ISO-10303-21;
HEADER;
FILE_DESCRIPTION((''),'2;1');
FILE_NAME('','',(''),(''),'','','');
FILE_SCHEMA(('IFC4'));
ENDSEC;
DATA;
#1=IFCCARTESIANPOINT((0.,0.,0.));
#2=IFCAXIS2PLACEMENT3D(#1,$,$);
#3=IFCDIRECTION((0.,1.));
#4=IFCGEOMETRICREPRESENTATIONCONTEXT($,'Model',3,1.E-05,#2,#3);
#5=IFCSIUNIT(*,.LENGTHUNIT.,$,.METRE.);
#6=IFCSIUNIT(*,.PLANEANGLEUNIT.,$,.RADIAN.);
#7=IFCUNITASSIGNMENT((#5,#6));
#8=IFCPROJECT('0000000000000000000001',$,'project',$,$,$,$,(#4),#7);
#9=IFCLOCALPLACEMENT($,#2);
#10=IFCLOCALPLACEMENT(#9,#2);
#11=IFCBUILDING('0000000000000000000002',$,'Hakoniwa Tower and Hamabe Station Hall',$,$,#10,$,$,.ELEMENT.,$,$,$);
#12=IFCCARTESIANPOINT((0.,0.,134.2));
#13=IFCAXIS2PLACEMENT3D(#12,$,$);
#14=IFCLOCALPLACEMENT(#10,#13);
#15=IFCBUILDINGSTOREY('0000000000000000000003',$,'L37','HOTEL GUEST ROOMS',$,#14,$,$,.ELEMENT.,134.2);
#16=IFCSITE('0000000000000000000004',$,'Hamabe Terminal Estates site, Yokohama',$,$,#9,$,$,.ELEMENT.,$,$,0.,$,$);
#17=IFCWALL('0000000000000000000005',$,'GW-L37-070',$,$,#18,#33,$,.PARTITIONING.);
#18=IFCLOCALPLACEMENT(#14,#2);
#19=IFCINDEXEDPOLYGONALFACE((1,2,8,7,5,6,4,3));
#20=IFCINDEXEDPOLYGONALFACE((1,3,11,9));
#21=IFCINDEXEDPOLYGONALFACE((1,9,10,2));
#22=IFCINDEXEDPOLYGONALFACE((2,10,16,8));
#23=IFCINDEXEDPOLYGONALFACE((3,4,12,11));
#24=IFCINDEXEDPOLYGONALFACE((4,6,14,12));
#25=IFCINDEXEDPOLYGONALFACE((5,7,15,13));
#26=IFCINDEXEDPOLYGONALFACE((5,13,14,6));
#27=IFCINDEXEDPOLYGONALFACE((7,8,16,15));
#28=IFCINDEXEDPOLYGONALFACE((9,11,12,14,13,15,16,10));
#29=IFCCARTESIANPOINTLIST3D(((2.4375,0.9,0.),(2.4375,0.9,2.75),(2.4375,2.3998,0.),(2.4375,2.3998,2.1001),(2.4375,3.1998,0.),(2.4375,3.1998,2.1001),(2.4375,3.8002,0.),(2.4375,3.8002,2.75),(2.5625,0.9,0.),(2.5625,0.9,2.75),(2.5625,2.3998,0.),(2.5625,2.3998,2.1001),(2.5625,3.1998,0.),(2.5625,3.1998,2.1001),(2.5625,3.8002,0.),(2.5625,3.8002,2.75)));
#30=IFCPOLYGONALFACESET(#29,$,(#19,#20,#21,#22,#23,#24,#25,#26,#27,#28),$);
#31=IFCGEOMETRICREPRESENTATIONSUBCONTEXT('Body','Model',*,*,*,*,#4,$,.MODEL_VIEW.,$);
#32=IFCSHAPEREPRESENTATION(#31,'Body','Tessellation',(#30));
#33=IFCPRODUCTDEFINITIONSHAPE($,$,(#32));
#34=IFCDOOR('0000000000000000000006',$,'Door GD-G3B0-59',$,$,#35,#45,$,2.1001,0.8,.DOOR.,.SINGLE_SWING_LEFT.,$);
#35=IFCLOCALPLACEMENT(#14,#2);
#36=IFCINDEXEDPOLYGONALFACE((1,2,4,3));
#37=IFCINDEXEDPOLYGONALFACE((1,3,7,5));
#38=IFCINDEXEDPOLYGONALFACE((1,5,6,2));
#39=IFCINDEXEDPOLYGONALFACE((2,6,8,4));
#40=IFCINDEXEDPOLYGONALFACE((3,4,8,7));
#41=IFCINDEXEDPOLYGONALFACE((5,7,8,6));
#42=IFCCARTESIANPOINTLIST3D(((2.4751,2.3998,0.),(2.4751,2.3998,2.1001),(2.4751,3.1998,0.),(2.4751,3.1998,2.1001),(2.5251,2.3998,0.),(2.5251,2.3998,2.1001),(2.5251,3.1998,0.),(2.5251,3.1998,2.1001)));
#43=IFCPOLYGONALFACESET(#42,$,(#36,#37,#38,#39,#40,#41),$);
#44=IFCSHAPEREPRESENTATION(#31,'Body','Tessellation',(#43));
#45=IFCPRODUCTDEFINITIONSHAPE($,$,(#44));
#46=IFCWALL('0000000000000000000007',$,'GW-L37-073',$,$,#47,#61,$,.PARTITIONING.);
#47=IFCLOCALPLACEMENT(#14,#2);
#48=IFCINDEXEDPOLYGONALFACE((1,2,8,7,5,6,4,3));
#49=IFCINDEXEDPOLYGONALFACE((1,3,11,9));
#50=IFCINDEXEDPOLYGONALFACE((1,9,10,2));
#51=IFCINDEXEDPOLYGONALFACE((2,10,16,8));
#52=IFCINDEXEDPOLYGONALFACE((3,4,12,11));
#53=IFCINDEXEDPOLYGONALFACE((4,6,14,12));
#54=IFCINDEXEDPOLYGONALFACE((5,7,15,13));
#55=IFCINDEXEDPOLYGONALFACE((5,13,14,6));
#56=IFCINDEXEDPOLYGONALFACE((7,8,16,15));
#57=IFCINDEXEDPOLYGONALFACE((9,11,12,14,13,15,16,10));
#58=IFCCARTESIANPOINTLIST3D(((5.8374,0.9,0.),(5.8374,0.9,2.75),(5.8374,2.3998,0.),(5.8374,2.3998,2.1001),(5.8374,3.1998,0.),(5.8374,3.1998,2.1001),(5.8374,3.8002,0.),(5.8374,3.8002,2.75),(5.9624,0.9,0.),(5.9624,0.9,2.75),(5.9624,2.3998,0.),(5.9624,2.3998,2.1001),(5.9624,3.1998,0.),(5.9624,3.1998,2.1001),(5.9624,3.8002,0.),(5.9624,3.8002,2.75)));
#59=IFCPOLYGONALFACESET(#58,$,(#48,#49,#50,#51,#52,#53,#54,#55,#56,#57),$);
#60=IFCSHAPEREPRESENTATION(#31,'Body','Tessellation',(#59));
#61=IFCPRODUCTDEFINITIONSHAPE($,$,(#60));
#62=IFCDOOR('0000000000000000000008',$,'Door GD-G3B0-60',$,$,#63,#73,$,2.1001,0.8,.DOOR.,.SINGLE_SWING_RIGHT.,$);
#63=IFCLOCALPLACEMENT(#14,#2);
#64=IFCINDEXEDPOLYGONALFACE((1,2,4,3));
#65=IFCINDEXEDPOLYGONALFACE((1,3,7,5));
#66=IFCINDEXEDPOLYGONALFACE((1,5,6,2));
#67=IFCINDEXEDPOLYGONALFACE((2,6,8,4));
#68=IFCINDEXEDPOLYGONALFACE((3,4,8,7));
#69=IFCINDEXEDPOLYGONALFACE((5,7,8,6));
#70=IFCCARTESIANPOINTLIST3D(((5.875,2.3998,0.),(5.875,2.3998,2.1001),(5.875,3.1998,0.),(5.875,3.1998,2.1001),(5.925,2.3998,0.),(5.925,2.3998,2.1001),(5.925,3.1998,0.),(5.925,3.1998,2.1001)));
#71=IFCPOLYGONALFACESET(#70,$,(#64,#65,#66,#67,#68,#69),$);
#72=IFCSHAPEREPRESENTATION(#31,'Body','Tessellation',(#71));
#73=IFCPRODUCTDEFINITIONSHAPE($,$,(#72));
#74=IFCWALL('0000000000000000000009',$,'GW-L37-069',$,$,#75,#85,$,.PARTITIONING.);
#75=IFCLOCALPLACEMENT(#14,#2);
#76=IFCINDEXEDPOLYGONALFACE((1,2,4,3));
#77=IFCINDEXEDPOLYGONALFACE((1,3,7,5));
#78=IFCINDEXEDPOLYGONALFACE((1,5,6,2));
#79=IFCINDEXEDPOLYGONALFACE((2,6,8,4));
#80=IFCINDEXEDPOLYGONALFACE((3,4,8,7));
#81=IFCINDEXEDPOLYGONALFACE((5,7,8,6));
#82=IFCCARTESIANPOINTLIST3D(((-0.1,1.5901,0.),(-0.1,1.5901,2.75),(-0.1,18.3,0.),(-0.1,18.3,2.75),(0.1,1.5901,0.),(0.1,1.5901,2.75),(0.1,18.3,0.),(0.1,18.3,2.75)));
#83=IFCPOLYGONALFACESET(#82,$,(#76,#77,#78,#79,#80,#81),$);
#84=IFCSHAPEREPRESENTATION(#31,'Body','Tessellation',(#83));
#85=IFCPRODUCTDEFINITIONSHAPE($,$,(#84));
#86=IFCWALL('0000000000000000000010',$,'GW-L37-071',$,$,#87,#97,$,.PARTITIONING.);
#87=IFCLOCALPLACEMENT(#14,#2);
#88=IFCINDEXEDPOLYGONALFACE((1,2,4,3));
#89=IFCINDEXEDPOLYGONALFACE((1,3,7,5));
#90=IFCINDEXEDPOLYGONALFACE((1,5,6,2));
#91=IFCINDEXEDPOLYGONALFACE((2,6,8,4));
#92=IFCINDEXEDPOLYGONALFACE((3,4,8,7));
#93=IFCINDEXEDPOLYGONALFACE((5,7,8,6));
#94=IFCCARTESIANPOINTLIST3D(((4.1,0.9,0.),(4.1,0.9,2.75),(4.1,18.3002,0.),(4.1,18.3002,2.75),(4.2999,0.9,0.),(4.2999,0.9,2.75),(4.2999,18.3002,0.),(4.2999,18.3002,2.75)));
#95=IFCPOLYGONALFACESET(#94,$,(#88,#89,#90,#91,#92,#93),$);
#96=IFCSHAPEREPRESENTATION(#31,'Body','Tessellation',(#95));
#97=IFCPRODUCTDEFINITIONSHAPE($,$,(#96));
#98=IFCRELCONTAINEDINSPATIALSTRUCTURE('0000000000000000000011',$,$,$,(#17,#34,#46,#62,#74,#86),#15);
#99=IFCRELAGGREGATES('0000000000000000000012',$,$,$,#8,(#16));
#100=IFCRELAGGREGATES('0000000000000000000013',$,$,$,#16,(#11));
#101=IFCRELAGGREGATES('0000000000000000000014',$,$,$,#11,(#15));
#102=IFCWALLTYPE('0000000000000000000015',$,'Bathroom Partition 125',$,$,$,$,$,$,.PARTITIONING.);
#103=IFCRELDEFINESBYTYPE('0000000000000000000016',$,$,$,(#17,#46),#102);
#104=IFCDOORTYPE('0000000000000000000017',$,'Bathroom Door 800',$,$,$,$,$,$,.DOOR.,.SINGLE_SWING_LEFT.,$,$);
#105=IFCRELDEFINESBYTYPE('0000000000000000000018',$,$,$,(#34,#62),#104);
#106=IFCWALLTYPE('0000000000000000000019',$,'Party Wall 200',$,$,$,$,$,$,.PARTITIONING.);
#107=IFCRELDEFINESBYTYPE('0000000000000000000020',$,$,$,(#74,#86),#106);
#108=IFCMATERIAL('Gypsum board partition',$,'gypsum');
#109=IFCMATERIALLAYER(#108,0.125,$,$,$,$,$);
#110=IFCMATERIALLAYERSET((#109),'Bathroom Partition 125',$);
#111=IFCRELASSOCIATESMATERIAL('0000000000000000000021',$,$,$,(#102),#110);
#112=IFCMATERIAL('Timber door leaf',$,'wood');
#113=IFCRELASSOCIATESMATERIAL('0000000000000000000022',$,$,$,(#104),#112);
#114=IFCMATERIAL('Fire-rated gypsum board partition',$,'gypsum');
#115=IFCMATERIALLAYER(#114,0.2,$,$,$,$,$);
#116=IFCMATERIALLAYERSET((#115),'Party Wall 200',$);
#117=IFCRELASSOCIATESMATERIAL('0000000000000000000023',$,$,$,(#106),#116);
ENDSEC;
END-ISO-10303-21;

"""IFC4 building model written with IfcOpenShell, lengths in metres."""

from ifc_helpers import new_model, si_unit, direction, frame, frame_2d, origin, place, context, subcontext, project, spatial, rectangle, extrude, material, layer, layer_set, type_object, element, fill, save


model = new_model("IFC4")

# Units and contexts
model_context = context("Model", 3, precision=1e-05, world=origin(), true_north=direction((0.0, 1.0)))
body_context = subcontext(model_context, "Body", "Model", "MODEL_VIEW")
ifc_project = project(units=[si_unit("LENGTHUNIT", "METRE"), si_unit("PLANEANGLEUNIT", "RADIAN")], contexts=[model_context])

# Site, building, storey
site_placement = place(None, origin())
site = spatial("IfcSite", under=ifc_project, at=site_placement, Name="Hamabe Terminal Estates site, Yokohama", CompositionType="ELEMENT", RefElevation=0.0)
building_placement = place(site_placement, origin())
building = spatial("IfcBuilding", under=site, at=building_placement, Name="Hakoniwa Tower and Hamabe Station Hall", CompositionType="ELEMENT")
storey_placement = place(building_placement, frame((0.0, 0.0, 134.2)))
storey = spatial("IfcBuildingStorey", under=building, at=storey_placement, Name="L37", Description="HOTEL GUEST ROOMS", CompositionType="ELEMENT", Elevation=134.2)

# Shared definitions
ifc_material_1 = material(Name="Gypsum board partition", Category="gypsum")
ifc_layer_1 = layer(ifc_material_1, 0.125)
ifc_layer_set_1 = layer_set([ifc_layer_1], Name="Bathroom Partition 125")
wall_type_1 = type_object("IfcWallType", Name="Bathroom Partition 125", PredefinedType="PARTITIONING", material=ifc_layer_set_1)

# Walls, openings, doors
wall_1_placement = place(storey_placement, frame((2.5, 0.8999, 0.0), z_axis=(0.0, 0.0, 1.0), x_axis=(0.0, 1.0, 0.0)))
wall_1 = element("IfcWall", 1, at=wall_1_placement, inside=storey, type_object=wall_type_1, Name="GW-L37-070", PredefinedType="PARTITIONING", context=body_context, shape_type="SweptSolid", body=[
    extrude(rectangle(XDim=2.9001, YDim=0.125, at=frame_2d((1.4502, 0.0))), origin(), (0.0, 0.0, 1.0), 2.75),
])
opening_1_placement = place(wall_1_placement, frame((1.5, 0.0, 0.0)))
opening_1 = element("IfcOpeningElement", 2, at=opening_1_placement, cuts=wall_1, PredefinedType="OPENING", context=body_context, shape_type="SweptSolid", body=[
    extrude(rectangle(XDim=0.8, YDim=2.1001, at=frame_2d((0.3999, 1.05))), frame((0.0, 0.0725, 0.0), z_axis=(0.0, -1.0, 0.0), x_axis=(1.0, 0.0, 0.0)), (0.0, 0.0, 1.0), 0.145),
])
ifc_material_2 = material(Name="Timber door leaf", Category="wood")
door_type = type_object("IfcDoorType", Name="Bathroom Door 800", OperationType="SINGLE_SWING_LEFT", PredefinedType="DOOR", material=ifc_material_2)
door_1_placement = place(opening_1_placement, origin())
door_1 = element("IfcDoor", 3, at=door_1_placement, inside=storey, type_object=door_type, Name="Door GD-G3B0-59", OperationType="SINGLE_SWING_LEFT", OverallHeight=2.1001, OverallWidth=0.8, PredefinedType="DOOR", context=body_context, shape_type="SweptSolid", body=[
    extrude(rectangle(XDim=0.8, YDim=2.1001, at=frame_2d((0.3999, 1.05))), frame((0.0, 0.0249, 0.0), z_axis=(0.0, -1.0, 0.0), x_axis=(1.0, 0.0, 0.0)), (0.0, 0.0, 1.0), 0.05),
])
fill(opening_1, door_1)
wall_2_placement = place(storey_placement, frame((5.8999, 0.8999, 0.0), z_axis=(0.0, 0.0, 1.0), x_axis=(0.0, 1.0, 0.0)))
wall_2 = element("IfcWall", 4, at=wall_2_placement, inside=storey, type_object=wall_type_1, Name="GW-L37-073", PredefinedType="PARTITIONING", context=body_context, shape_type="SweptSolid", body=[
    extrude(rectangle(XDim=2.9001, YDim=0.125, at=frame_2d((1.4502, 0.0))), origin(), (0.0, 0.0, 1.0), 2.75),
])
opening_2_placement = place(wall_2_placement, frame((1.5, 0.0, 0.0)))
opening_2 = element("IfcOpeningElement", 5, at=opening_2_placement, cuts=wall_2, PredefinedType="OPENING", context=body_context, shape_type="SweptSolid", body=[
    extrude(rectangle(XDim=0.8, YDim=2.1001, at=frame_2d((0.3999, 1.05))), frame((0.0, 0.0725, 0.0), z_axis=(0.0, -1.0, 0.0), x_axis=(1.0, 0.0, 0.0)), (0.0, 0.0, 1.0), 0.145),
])
door_2_placement = place(opening_2_placement, origin())
door_2 = element("IfcDoor", 6, at=door_2_placement, inside=storey, type_object=door_type, Name="Door GD-G3B0-60", OperationType="SINGLE_SWING_RIGHT", OverallHeight=2.1001, OverallWidth=0.8, PredefinedType="DOOR", context=body_context, shape_type="SweptSolid", body=[
    extrude(rectangle(XDim=0.8, YDim=2.1001, at=frame_2d((0.3999, 1.05))), frame((0.0, 0.0249, 0.0), z_axis=(0.0, -1.0, 0.0), x_axis=(1.0, 0.0, 0.0)), (0.0, 0.0, 1.0), 0.05),
])
fill(opening_2, door_2)

# Walls
ifc_material_3 = material(Name="Fire-rated gypsum board partition", Category="gypsum")
ifc_layer_2 = layer(ifc_material_3, 0.2)
ifc_layer_set_2 = layer_set([ifc_layer_2], Name="Party Wall 200")
wall_type_2 = type_object("IfcWallType", Name="Party Wall 200", PredefinedType="PARTITIONING", material=ifc_layer_set_2)
wall_3_placement = place(storey_placement, frame((0.0, 1.5901, 0.0), z_axis=(0.0, 0.0, 1.0), x_axis=(0.0, 1.0, 0.0)))
element("IfcWall", 7, at=wall_3_placement, inside=storey, type_object=wall_type_2, Name="GW-L37-069", PredefinedType="PARTITIONING", context=body_context, shape_type="SweptSolid", body=[
    extrude(rectangle(XDim=16.71, YDim=0.2, at=frame_2d((8.355, 0.0))), origin(), (0.0, 0.0, 1.0), 2.75),
])
wall_4_placement = place(storey_placement, frame((4.2, 0.8999, 0.0), z_axis=(0.0, 0.0, 1.0), x_axis=(0.0, 1.0, 0.0)))
element("IfcWall", 8, at=wall_4_placement, inside=storey, type_object=wall_type_2, Name="GW-L37-071", PredefinedType="PARTITIONING", context=body_context, shape_type="SweptSolid", body=[
    extrude(rectangle(XDim=17.4001, YDim=0.2, at=frame_2d((8.7002, 0.0))), origin(), (0.0, 0.0, 1.0), 2.75),
])

save(model, "model.ifc")
